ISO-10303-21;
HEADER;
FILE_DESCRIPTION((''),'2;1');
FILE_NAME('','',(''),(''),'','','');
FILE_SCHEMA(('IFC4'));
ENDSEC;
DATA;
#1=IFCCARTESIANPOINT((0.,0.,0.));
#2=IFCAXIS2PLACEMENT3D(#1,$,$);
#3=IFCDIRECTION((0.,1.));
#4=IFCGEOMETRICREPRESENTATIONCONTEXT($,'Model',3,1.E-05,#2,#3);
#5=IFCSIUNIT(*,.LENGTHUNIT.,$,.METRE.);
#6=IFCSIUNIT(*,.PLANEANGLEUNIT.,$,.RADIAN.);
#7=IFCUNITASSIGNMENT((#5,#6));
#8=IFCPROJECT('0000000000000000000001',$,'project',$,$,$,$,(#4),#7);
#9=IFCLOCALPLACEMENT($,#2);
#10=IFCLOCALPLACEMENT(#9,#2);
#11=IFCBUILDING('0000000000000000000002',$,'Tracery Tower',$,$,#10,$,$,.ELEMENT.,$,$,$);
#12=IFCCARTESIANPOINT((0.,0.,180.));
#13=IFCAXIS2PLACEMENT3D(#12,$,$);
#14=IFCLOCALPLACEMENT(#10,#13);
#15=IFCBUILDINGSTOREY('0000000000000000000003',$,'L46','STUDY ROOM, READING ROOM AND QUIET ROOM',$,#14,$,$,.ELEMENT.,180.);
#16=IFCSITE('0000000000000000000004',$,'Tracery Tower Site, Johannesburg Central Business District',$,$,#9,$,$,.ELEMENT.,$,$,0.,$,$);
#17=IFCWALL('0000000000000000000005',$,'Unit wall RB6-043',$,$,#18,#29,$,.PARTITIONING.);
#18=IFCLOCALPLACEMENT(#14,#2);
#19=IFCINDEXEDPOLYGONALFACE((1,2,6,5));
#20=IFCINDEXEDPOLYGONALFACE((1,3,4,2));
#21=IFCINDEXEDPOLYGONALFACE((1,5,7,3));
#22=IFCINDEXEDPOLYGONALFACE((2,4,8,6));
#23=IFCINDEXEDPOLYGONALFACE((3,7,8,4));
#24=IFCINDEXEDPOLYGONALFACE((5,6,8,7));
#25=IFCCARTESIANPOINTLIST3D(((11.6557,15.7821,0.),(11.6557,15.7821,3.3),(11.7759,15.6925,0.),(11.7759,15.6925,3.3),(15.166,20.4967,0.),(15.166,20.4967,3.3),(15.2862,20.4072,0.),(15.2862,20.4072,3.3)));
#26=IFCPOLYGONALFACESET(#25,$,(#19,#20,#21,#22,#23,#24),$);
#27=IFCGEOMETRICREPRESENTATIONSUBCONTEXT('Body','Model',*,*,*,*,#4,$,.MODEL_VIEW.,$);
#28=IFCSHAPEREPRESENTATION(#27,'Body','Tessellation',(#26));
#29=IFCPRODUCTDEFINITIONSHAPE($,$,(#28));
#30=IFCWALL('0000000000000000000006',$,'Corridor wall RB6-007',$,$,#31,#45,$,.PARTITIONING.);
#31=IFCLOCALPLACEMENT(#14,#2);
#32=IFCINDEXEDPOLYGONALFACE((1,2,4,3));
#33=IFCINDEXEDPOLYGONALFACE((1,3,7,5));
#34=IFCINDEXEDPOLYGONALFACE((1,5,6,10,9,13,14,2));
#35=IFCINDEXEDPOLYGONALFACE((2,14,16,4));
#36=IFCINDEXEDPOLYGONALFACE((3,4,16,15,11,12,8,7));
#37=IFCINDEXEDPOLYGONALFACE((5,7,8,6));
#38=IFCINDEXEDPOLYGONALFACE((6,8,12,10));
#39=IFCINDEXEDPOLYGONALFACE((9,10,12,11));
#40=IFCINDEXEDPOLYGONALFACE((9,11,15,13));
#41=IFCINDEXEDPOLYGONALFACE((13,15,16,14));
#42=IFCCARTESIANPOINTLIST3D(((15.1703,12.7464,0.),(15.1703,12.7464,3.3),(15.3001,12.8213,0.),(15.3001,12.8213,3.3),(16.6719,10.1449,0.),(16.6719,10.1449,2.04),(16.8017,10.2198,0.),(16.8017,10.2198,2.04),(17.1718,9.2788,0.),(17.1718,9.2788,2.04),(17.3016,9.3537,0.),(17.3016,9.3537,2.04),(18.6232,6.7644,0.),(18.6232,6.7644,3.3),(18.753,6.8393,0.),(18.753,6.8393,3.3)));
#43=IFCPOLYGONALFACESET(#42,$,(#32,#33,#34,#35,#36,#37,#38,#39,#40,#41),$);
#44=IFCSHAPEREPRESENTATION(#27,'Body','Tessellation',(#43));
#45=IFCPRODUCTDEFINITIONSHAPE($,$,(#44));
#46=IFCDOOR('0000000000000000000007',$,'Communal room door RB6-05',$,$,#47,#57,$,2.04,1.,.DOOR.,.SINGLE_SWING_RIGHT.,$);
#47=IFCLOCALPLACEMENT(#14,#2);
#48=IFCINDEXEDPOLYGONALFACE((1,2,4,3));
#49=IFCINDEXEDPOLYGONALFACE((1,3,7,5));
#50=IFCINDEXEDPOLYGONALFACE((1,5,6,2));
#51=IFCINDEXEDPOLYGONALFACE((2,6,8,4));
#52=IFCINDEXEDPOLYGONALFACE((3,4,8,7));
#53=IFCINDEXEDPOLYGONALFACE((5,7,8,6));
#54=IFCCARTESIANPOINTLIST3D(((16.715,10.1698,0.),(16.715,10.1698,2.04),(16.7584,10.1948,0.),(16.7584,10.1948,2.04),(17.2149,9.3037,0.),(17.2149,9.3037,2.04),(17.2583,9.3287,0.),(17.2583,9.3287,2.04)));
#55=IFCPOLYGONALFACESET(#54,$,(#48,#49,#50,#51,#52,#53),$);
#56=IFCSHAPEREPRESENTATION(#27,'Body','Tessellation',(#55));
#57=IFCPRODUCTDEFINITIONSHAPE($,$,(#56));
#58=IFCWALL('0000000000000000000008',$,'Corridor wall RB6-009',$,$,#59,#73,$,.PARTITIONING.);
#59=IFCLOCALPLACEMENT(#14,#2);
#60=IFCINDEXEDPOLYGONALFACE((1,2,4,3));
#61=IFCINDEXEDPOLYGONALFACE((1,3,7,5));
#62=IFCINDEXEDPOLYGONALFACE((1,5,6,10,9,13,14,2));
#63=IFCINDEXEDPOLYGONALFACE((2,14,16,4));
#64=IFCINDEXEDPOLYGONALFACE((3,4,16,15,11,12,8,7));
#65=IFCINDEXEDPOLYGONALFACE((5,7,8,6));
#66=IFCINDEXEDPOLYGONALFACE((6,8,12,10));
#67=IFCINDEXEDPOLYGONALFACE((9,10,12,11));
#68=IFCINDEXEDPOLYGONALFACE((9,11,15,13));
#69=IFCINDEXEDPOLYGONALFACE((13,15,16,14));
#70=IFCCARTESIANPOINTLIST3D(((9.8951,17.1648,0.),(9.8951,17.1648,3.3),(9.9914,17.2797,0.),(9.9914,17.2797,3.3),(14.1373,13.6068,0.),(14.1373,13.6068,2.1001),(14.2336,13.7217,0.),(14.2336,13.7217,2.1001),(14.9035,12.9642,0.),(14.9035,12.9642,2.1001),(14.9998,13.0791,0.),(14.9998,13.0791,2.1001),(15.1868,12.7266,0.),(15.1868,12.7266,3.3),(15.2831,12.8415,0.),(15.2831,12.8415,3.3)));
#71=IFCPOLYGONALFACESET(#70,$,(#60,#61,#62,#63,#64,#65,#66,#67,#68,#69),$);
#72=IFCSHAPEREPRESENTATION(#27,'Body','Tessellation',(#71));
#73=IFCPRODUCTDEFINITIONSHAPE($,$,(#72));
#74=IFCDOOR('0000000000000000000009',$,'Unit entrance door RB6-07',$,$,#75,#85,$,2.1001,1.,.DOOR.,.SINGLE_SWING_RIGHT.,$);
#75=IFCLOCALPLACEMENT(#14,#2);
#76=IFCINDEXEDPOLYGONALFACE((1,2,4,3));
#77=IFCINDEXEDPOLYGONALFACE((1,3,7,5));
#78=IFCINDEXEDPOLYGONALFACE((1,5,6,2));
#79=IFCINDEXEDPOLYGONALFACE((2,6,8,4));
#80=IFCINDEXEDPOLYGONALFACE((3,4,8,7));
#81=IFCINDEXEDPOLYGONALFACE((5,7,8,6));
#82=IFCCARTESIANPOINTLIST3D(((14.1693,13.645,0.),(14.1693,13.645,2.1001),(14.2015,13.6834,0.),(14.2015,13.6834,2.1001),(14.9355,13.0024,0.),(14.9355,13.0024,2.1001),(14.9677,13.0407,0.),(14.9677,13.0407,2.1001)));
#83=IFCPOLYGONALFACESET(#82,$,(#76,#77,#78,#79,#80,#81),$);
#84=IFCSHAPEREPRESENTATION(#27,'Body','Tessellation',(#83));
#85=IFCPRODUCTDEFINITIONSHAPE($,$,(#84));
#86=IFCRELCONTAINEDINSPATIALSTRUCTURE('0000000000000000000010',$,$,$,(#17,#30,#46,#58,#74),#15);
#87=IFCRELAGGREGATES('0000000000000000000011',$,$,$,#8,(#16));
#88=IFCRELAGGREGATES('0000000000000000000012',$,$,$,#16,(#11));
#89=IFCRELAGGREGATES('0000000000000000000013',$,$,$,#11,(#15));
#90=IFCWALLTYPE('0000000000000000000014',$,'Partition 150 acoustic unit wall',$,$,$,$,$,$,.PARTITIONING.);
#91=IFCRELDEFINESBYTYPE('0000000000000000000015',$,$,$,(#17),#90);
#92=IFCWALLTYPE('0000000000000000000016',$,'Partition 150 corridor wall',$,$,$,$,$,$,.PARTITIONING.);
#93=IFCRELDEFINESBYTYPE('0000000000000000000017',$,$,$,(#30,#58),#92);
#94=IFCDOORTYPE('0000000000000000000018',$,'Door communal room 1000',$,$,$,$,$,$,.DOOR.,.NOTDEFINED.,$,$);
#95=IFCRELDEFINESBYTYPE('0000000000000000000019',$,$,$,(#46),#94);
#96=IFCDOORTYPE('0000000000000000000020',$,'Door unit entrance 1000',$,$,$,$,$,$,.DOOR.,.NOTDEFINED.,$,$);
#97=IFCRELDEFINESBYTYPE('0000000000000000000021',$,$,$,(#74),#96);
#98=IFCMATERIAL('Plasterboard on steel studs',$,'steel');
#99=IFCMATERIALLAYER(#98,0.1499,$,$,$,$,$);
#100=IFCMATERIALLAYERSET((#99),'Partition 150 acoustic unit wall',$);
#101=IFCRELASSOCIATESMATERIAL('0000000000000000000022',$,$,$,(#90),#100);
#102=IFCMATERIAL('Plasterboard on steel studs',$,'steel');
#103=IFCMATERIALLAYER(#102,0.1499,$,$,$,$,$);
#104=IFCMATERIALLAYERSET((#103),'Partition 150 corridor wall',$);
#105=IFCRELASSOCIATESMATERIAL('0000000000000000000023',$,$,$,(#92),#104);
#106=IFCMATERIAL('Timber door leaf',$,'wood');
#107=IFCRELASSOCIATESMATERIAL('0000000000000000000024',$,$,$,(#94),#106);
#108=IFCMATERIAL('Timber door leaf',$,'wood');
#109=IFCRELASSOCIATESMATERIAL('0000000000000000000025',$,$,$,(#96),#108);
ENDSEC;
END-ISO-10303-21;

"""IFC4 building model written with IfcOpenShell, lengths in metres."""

from ifc_helpers import new_model, si_unit, direction, frame, frame_2d, origin, place, context, subcontext, project, spatial, rectangle, extrude, material, layer, layer_set, type_object, element, fill, save


model = new_model("IFC4")

# Units and contexts
model_context = context("Model", 3, precision=1e-05, world=origin(), true_north=direction((0.0, 1.0)))
body_context = subcontext(model_context, "Body", "Model", "MODEL_VIEW")
ifc_project = project(units=[si_unit("LENGTHUNIT", "METRE"), si_unit("PLANEANGLEUNIT", "RADIAN")], contexts=[model_context])

# Site, building, storey
site_placement = place(None, origin())
site = spatial("IfcSite", under=ifc_project, at=site_placement, Name="Tracery Tower Site, Johannesburg Central Business District", CompositionType="ELEMENT", RefElevation=0.0)
building_placement = place(site_placement, origin())
building = spatial("IfcBuilding", under=site, at=building_placement, Name="Tracery Tower", CompositionType="ELEMENT")
storey_placement = place(building_placement, frame((0.0, 0.0, 180.0)))
storey = spatial("IfcBuildingStorey", under=building, at=storey_placement, Name="L46", Description="STUDY ROOM, READING ROOM AND QUIET ROOM", CompositionType="ELEMENT", Elevation=180.0)

# Wall
ifc_material_1 = material(Name="Plasterboard on steel studs", Category="steel")
ifc_layer_1 = layer(ifc_material_1, 0.1499)
ifc_layer_set_1 = layer_set([ifc_layer_1], Name="Partition 150 acoustic unit wall")
wall_type_1 = type_object("IfcWallType", Name="Partition 150 acoustic unit wall", PredefinedType="PARTITIONING", material=ifc_layer_set_1)
wall_1_placement = place(storey_placement, frame((11.7158, 15.7373, 0.0), z_axis=(0.0, 0.0, 1.0), x_axis=(0.597198, 0.802093, 0.0)))
element("IfcWall", 1, at=wall_1_placement, inside=storey, type_object=wall_type_1, Name="Unit wall RB6-043", PredefinedType="PARTITIONING", context=body_context, shape_type="SweptSolid", body=[
    extrude(rectangle(XDim=5.8779, YDim=0.1499, at=frame_2d((2.939, 0.0))), origin(), (0.0, 0.0, 1.0), 3.3),
])

# Walls, openings, doors
ifc_material_2 = material(Name="Plasterboard on steel studs", Category="steel")
ifc_layer_2 = layer(ifc_material_2, 0.1499)
ifc_layer_set_2 = layer_set([ifc_layer_2], Name="Partition 150 corridor wall")
wall_type_2 = type_object("IfcWallType", Name="Partition 150 corridor wall", PredefinedType="PARTITIONING", material=ifc_layer_set_2)
wall_2_placement = place(storey_placement, frame((15.2351, 12.7839, 0.0), z_axis=(0.0, 0.0, 1.0), x_axis=(0.499914, -0.866075, 0.0)))
wall_2 = element("IfcWall", 2, at=wall_2_placement, inside=storey, type_object=wall_type_2, Name="Corridor wall RB6-007", PredefinedType="PARTITIONING", context=body_context, shape_type="SweptSolid", body=[
    extrude(rectangle(XDim=6.907, YDim=0.1499, at=frame_2d((3.4536, 0.0))), origin(), (0.0, 0.0, 1.0), 3.3),
])
opening_1_placement = place(wall_2_placement, frame((3.0039, 0.0, 0.0)))
opening_1 = element("IfcOpeningElement", 3, at=opening_1_placement, cuts=wall_2, PredefinedType="OPENING", context=body_context, shape_type="SweptSolid", body=[
    extrude(rectangle(XDim=1.0, YDim=2.04, at=frame_2d((0.5, 1.02))), frame((0.0, 0.075, 0.0), z_axis=(0.0, -1.0, 0.0), x_axis=(1.0, 0.0, 0.0)), (0.0, 0.0, 1.0), 0.1499),
])
ifc_material_3 = material(Name="Timber door leaf", Category="wood")
door_type_1 = type_object("IfcDoorType", Name="Door communal room 1000", OperationType="NOTDEFINED", PredefinedType="DOOR", material=ifc_material_3)
door_1_placement = place(opening_1_placement, origin())
door_1 = element("IfcDoor", 4, at=door_1_placement, inside=storey, type_object=door_type_1, Name="Communal room door RB6-05", OperationType="SINGLE_SWING_RIGHT", OverallHeight=2.04, OverallWidth=1.0, PredefinedType="DOOR", context=body_context, shape_type="SweptSolid", body=[
    extrude(rectangle(XDim=1.0, YDim=2.04, at=frame_2d((0.5, 1.02))), frame((0.0, 0.0249, 0.0), z_axis=(0.0, -1.0, 0.0), x_axis=(1.0, 0.0, 0.0)), (0.0, 0.0, 1.0), 0.05),
])
fill(opening_1, door_1)
wall_3_placement = place(storey_placement, frame((9.9434, 17.2222, 0.0), z_axis=(0.0, 0.0, 1.0), x_axis=(0.766192, -0.642612, 0.0)))
wall_3 = element("IfcWall", 5, at=wall_3_placement, inside=storey, type_object=wall_type_2, Name="Corridor wall RB6-009", PredefinedType="PARTITIONING", context=body_context, shape_type="SweptSolid", body=[
    extrude(rectangle(XDim=6.9065, YDim=0.1499, at=frame_2d((3.4531, 0.0))), origin(), (0.0, 0.0, 1.0), 3.3),
])
opening_2_placement = place(wall_3_placement, frame((5.5366, 0.0, 0.0)))
opening_2 = element("IfcOpeningElement", 6, at=opening_2_placement, cuts=wall_3, PredefinedType="OPENING", context=body_context, shape_type="SweptSolid", body=[
    extrude(rectangle(XDim=1.0, YDim=2.1001, at=frame_2d((0.5, 1.05))), frame((0.0, 0.075, 0.0), z_axis=(0.0, -1.0, 0.0), x_axis=(1.0, 0.0, 0.0)), (0.0, 0.0, 1.0), 0.1499),
])
ifc_material_4 = material(Name="Timber door leaf", Category="wood")
door_type_2 = type_object("IfcDoorType", Name="Door unit entrance 1000", OperationType="NOTDEFINED", PredefinedType="DOOR", material=ifc_material_4)
door_2_placement = place(opening_2_placement, origin())
door_2 = element("IfcDoor", 7, at=door_2_placement, inside=storey, type_object=door_type_2, Name="Unit entrance door RB6-07", OperationType="SINGLE_SWING_RIGHT", OverallHeight=2.1001, OverallWidth=1.0, PredefinedType="DOOR", context=body_context, shape_type="SweptSolid", body=[
    extrude(rectangle(XDim=1.0, YDim=2.1001, at=frame_2d((0.5, 1.05))), frame((0.0, 0.0249, 0.0), z_axis=(0.0, -1.0, 0.0), x_axis=(1.0, 0.0, 0.0)), (0.0, 0.0, 1.0), 0.05),
])
fill(opening_2, door_2)

save(model, "model.ifc")
